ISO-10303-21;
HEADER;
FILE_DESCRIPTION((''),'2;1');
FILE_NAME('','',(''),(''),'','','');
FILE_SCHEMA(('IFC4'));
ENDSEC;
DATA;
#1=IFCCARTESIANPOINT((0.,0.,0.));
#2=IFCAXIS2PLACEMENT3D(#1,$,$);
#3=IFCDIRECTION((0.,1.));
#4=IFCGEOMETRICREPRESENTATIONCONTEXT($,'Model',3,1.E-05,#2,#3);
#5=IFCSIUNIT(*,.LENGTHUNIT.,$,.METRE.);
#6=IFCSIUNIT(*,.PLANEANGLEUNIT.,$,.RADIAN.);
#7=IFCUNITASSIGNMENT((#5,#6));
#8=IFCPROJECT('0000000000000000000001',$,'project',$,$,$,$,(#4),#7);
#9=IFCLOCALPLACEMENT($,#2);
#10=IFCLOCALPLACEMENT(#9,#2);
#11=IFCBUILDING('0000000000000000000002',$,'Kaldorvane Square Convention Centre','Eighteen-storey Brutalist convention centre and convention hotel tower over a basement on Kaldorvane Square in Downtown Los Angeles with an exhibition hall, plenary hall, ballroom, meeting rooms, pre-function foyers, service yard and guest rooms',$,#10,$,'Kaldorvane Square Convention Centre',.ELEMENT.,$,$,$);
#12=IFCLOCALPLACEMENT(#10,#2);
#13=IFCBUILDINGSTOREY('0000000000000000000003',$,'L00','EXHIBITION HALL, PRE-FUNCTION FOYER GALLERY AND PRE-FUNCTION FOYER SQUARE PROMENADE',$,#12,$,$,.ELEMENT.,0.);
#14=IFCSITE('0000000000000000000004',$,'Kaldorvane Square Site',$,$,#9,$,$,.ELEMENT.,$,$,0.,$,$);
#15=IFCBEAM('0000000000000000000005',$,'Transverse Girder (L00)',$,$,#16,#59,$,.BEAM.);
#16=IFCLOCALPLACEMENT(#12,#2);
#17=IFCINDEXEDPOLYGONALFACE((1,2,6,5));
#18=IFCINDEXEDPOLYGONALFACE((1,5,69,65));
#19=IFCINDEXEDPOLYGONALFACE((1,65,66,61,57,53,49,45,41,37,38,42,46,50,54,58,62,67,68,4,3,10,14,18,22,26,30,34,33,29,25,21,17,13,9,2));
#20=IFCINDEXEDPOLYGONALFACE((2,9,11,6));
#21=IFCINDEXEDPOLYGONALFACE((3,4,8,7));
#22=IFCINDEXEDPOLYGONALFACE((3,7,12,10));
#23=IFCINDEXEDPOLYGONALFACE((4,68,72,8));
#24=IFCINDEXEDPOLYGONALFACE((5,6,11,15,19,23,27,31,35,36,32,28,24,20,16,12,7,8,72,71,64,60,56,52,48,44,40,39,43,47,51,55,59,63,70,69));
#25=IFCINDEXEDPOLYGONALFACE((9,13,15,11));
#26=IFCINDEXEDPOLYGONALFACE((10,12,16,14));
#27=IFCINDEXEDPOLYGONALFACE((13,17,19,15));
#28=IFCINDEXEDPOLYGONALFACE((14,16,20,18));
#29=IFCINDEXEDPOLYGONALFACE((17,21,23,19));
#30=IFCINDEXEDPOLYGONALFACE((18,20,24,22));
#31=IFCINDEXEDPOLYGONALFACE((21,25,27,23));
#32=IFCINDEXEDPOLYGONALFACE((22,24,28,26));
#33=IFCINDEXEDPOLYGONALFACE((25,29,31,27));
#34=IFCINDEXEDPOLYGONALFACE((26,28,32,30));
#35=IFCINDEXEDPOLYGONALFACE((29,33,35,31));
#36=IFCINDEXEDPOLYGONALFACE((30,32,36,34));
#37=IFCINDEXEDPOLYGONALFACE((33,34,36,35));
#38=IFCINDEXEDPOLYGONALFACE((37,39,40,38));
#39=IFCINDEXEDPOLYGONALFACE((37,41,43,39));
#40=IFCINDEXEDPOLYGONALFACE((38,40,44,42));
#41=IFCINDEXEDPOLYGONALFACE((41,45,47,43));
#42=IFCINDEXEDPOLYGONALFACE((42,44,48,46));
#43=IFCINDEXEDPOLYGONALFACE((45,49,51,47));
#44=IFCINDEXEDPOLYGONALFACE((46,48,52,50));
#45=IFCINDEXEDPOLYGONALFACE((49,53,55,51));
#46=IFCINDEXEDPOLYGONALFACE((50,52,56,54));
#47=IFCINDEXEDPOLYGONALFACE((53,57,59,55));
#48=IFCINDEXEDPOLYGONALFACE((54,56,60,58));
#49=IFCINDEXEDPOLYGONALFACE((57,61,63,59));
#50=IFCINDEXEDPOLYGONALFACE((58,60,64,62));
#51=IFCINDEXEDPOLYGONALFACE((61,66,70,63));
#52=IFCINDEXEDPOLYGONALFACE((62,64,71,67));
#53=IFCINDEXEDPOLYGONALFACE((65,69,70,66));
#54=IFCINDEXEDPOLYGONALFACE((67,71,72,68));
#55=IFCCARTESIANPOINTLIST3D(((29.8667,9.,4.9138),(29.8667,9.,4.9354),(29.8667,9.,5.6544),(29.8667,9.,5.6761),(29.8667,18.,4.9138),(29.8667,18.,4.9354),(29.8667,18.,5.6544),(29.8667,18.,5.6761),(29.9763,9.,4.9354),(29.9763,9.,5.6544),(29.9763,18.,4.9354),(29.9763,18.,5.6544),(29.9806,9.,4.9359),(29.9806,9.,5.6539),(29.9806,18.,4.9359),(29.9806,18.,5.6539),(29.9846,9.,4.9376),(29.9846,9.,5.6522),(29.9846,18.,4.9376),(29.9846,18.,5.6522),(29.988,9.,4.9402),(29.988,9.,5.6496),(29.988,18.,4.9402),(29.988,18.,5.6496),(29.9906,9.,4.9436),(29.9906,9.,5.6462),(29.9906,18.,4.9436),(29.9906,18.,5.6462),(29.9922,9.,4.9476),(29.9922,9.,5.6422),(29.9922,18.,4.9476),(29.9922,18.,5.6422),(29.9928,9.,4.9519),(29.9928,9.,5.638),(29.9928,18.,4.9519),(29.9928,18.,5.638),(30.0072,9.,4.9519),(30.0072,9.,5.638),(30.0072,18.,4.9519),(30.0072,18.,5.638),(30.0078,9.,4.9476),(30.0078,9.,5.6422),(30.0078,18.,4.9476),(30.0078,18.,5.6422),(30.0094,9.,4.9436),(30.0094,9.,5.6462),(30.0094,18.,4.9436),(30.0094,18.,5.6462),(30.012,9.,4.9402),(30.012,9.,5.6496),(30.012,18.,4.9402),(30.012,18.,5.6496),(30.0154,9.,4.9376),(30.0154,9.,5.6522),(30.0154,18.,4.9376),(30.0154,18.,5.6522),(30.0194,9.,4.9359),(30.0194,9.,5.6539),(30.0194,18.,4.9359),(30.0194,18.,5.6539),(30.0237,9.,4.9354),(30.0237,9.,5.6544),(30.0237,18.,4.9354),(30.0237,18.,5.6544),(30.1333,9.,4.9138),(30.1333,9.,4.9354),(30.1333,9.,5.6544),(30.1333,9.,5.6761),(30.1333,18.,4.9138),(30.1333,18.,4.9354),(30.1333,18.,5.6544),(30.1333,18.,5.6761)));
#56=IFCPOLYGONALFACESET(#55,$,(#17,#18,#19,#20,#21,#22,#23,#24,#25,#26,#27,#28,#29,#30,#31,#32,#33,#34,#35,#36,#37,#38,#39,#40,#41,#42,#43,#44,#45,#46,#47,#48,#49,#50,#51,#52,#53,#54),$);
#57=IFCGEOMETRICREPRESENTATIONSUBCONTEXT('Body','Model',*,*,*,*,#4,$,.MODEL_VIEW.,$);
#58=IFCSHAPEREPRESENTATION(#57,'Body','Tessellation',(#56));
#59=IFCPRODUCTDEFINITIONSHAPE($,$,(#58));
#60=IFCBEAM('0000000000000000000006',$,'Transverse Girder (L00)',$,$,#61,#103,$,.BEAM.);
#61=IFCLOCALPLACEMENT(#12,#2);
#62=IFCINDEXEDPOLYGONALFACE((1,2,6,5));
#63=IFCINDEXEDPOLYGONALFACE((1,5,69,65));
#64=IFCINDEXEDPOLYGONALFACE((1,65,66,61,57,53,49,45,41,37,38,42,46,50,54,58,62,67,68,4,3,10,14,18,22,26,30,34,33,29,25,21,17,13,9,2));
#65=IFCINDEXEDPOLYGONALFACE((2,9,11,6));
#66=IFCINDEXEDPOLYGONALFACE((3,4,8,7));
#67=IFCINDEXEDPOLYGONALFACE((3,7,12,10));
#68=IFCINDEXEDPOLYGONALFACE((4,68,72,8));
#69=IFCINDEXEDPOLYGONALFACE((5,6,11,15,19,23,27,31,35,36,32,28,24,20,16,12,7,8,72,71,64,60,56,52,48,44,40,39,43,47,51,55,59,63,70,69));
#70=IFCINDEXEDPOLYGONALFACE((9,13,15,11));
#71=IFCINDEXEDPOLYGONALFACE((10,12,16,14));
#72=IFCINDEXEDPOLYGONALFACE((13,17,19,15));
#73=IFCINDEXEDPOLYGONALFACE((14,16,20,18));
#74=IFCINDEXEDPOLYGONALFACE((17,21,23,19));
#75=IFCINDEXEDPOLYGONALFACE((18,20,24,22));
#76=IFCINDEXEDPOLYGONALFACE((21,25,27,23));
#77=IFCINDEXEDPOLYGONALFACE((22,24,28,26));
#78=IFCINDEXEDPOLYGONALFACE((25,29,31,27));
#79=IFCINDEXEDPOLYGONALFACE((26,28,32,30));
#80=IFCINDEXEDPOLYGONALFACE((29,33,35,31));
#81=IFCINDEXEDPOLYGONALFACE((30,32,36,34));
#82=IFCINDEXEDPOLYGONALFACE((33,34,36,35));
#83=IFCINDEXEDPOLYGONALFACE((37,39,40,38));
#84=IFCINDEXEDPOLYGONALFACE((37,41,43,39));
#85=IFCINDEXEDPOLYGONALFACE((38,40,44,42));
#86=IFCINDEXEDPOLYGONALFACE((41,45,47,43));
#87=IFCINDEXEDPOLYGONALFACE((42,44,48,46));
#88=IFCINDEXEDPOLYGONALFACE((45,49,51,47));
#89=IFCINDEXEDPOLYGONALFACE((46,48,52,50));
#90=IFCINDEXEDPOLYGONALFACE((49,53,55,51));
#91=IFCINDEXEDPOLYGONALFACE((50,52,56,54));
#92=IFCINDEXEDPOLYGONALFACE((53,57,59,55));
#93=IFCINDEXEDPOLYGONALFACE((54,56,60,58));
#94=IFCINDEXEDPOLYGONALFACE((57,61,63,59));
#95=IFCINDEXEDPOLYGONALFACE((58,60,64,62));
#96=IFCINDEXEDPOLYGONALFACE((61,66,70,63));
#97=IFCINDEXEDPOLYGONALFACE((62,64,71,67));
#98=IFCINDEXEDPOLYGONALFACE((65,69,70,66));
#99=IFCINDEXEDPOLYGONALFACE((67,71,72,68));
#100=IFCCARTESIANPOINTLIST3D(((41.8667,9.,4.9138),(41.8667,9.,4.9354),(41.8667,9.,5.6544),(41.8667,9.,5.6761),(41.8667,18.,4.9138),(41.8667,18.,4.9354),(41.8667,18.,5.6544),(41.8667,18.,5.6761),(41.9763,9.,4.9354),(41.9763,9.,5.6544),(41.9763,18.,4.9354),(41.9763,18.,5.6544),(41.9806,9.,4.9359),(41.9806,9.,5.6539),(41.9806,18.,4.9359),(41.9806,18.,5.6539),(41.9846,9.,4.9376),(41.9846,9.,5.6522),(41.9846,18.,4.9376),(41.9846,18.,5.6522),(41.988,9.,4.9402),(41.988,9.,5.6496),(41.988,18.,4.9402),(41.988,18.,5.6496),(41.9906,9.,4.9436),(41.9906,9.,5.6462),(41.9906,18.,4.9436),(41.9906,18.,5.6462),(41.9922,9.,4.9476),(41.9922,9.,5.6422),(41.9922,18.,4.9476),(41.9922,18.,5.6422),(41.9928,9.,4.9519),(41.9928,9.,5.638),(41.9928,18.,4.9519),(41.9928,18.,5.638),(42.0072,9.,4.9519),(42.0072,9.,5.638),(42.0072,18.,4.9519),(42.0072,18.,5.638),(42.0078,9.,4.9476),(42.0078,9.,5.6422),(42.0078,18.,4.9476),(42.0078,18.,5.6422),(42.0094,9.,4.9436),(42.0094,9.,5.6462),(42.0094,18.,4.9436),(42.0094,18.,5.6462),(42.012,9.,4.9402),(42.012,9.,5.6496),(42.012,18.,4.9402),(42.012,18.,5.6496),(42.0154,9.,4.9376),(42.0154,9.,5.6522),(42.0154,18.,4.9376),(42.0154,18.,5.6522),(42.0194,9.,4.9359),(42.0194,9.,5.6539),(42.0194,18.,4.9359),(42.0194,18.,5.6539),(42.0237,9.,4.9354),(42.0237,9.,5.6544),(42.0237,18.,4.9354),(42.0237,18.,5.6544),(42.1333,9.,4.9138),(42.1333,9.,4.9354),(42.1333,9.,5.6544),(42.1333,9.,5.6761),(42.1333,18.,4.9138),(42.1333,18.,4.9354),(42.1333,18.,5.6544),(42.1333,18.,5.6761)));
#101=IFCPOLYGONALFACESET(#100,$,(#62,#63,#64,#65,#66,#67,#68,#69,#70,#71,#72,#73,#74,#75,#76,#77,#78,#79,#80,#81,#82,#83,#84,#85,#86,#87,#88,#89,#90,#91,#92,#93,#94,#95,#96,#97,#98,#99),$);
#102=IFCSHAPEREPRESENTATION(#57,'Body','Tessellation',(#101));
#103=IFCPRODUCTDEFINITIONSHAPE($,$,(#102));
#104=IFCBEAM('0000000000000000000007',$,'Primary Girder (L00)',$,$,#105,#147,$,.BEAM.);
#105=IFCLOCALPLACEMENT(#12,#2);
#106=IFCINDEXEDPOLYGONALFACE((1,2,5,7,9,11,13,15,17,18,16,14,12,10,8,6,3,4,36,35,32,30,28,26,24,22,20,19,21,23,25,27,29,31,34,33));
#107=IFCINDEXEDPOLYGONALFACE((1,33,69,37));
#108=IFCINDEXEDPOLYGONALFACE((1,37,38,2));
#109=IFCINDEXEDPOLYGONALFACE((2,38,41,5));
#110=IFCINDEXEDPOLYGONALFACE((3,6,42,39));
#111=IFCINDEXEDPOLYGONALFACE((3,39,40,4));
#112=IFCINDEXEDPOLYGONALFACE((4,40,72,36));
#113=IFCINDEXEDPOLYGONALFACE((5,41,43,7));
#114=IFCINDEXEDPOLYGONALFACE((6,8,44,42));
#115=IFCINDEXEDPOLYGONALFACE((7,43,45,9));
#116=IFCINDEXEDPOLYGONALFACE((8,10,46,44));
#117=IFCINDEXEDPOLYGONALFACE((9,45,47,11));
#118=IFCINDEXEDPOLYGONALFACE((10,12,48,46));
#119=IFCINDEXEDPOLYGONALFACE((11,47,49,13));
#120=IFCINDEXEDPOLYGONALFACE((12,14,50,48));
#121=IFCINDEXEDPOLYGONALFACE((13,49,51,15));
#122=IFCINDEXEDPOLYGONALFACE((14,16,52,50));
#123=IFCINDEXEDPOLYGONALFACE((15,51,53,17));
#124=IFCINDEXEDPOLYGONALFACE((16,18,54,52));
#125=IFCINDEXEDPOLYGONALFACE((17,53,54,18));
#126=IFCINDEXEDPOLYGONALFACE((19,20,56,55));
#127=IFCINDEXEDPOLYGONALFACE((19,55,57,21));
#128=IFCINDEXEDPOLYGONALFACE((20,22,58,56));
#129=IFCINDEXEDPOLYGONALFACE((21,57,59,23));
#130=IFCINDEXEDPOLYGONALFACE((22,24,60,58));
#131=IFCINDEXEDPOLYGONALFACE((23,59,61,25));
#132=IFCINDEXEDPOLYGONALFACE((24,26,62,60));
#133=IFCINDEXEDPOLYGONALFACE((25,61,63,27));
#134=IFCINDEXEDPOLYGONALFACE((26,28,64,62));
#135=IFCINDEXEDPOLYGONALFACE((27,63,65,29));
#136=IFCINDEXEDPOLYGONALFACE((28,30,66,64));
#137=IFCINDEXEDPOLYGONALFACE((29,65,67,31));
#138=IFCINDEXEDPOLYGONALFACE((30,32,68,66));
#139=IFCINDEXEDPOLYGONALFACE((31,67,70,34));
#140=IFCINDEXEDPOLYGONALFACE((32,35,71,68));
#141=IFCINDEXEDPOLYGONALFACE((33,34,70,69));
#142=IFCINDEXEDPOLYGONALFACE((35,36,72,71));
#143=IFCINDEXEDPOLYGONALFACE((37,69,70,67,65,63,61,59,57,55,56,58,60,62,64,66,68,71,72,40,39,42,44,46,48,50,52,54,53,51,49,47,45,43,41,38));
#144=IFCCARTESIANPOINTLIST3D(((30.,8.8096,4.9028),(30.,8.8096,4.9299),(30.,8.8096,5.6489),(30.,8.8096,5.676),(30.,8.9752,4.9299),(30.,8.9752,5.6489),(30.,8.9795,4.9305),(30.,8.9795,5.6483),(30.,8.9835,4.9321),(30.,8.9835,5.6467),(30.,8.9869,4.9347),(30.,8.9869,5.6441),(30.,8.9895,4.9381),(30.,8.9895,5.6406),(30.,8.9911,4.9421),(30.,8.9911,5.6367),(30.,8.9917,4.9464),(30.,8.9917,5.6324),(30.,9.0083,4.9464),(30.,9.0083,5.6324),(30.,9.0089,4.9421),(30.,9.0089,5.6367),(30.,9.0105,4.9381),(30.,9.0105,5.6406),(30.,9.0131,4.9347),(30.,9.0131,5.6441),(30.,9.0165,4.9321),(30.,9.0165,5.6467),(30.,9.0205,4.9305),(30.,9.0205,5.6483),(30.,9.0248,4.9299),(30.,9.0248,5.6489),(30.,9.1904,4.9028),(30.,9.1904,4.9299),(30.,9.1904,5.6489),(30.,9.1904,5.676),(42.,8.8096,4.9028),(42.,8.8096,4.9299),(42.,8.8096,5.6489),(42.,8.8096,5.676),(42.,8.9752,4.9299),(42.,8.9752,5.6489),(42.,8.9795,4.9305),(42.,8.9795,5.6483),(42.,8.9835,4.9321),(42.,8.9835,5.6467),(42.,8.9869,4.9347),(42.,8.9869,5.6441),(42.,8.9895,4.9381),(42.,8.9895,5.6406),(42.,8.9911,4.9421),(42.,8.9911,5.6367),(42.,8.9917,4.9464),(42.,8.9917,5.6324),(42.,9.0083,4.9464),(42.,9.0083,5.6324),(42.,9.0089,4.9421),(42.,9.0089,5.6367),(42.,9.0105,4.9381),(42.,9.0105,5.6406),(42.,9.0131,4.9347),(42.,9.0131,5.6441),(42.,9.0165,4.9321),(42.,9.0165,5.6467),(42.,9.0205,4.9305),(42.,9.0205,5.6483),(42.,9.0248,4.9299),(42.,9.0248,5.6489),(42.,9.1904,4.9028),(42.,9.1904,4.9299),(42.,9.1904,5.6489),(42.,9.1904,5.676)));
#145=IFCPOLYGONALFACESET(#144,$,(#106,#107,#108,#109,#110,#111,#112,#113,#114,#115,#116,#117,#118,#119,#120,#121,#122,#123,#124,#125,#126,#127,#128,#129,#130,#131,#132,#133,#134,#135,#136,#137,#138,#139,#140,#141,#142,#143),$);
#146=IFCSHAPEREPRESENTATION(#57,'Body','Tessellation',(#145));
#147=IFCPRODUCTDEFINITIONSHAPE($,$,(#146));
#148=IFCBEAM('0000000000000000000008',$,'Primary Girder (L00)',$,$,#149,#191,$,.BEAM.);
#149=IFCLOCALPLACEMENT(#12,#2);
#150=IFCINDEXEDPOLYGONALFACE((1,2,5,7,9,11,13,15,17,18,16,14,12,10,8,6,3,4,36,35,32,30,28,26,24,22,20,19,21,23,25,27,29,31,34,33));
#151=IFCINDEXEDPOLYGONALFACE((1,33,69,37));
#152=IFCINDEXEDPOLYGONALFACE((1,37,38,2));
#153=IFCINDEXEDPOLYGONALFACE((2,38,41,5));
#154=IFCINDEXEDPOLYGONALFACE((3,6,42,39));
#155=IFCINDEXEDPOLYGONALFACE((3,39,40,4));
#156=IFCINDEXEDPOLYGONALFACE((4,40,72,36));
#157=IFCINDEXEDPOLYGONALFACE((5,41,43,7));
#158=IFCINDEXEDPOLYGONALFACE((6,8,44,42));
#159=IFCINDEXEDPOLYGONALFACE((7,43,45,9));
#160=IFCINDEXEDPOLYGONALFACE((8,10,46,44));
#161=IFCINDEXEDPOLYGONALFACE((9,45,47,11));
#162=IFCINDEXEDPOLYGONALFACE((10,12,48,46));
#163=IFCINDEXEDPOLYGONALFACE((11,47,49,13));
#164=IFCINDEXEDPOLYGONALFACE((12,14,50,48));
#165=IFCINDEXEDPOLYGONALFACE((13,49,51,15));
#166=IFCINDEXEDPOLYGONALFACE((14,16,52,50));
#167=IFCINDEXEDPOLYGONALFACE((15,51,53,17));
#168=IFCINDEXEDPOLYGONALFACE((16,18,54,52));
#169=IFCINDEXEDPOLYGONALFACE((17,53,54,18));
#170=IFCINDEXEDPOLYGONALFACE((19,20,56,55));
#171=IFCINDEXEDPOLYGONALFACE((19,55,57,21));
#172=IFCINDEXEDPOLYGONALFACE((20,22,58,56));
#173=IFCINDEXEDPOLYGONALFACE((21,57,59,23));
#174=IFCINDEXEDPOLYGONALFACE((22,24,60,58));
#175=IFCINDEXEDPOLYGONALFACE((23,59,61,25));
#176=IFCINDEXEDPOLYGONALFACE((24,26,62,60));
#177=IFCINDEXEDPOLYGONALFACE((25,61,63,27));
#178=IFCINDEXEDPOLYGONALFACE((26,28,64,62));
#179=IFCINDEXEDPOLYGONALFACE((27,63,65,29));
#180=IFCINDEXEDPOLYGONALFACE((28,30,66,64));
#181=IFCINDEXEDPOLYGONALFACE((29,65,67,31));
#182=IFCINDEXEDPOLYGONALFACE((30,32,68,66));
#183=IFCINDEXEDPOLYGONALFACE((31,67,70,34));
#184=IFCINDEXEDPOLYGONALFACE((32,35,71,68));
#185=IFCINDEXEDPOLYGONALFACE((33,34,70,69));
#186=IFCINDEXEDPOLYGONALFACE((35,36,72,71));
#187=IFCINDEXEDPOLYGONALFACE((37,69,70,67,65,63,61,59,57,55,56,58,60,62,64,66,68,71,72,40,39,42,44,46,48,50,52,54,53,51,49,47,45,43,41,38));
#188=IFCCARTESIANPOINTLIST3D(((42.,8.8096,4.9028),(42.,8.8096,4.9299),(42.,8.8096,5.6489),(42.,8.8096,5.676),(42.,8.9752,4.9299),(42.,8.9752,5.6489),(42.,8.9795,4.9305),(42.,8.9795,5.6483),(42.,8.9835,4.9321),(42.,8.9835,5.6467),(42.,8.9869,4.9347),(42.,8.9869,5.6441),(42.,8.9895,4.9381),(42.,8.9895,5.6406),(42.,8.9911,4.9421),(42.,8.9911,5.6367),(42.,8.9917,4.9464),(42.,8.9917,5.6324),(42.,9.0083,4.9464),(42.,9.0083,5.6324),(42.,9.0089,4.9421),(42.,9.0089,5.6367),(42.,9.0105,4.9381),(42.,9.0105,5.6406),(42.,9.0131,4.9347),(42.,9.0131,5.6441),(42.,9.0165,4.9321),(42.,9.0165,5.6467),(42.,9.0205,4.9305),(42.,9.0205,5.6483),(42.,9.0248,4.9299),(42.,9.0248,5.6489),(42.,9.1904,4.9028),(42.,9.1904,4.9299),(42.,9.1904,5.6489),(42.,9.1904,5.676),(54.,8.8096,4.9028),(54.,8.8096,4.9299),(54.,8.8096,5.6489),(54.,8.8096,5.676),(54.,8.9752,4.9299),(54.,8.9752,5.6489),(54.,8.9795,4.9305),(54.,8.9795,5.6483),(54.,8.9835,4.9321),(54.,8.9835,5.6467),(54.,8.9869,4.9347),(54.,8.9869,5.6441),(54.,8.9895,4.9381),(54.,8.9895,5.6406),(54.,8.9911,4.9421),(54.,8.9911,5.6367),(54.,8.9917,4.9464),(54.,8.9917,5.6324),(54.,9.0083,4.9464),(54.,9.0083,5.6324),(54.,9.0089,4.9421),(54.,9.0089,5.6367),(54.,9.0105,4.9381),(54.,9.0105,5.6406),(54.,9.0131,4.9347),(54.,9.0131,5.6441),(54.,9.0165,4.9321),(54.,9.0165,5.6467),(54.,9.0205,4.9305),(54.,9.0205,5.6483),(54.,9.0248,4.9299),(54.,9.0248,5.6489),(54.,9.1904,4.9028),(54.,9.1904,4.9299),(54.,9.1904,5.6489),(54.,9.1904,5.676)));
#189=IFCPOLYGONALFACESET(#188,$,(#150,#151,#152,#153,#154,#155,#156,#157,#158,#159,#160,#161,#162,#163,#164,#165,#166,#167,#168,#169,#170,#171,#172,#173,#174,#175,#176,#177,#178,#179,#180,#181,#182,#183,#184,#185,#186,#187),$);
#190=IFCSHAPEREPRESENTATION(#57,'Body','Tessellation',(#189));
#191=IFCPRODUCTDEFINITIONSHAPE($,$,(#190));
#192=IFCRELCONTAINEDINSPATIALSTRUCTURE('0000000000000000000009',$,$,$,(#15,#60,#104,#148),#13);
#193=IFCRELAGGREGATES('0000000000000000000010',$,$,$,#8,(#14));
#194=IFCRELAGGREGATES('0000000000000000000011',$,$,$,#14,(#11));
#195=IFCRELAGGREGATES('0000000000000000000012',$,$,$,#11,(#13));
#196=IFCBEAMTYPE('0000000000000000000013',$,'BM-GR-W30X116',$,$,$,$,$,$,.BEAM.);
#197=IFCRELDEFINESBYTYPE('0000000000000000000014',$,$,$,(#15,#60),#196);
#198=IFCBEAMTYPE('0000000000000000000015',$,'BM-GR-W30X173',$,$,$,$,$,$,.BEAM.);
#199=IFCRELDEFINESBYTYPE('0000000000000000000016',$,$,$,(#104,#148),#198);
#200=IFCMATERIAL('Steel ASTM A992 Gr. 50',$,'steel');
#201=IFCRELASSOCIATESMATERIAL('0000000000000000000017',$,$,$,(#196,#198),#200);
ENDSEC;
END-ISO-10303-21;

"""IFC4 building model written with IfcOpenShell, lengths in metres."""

from ifc_helpers import new_model, si_unit, direction, frame, origin, origin_2d, place, context, subcontext, project, spatial, i_section, extrude, material, material_profile, profile_set, type_object, element, save


model = new_model("IFC4")

# Units and contexts
model_context = context("Model", 3, precision=1e-05, world=origin(), true_north=direction((0.0, 1.0)))
body_context = subcontext(model_context, "Body", "Model", "MODEL_VIEW")
ifc_project = project(units=[si_unit("LENGTHUNIT", "METRE"), si_unit("PLANEANGLEUNIT", "RADIAN")], contexts=[model_context])

# Site, building, storey
site_placement = place(None, origin())
site = spatial("IfcSite", under=ifc_project, at=site_placement, Name="Kaldorvane Square Site", CompositionType="ELEMENT", RefElevation=0.0)
building_placement = place(site_placement, origin())
building = spatial("IfcBuilding", under=site, at=building_placement, Name="Kaldorvane Square Convention Centre", Description="Eighteen-storey Brutalist convention centre and convention hotel tower over a basement on Kaldorvane Square in Downtown Los Angeles with an exhibition hall, plenary hall, ballroom, meeting rooms, pre-function foyers, service yard and guest rooms", LongName="Kaldorvane Square Convention Centre", CompositionType="ELEMENT")
storey_placement = place(building_placement, origin())
storey = spatial("IfcBuildingStorey", under=building, at=storey_placement, Name="L00", Description="EXHIBITION HALL, PRE-FUNCTION FOYER GALLERY AND PRE-FUNCTION FOYER SQUARE PROMENADE", CompositionType="ELEMENT", Elevation=0.0)

# Shared definitions
ifc_material_1 = material(Name="Steel ASTM A992 Gr. 50", Category="steel")

# Beams
ifc_material_profile_1 = material_profile(ifc_material_1, i_section(OverallWidth=0.2666, OverallDepth=0.7623, WebThickness=0.0144, FlangeThickness=0.0216, FilletRadius=0.0165, at=origin_2d()), Name="W30X116")
ifc_profile_set_1 = profile_set([ifc_material_profile_1], Name="Steel ASTM A992 Gr. 50")
beam_type_1 = type_object("IfcBeamType", Name="BM-GR-W30X116", PredefinedType="BEAM", material=ifc_profile_set_1)
for number, where, z_axis, x_axis, name in (
    (1, (30.0, 9.0, 5.2949), (0.0, 1.0, 0.0), (-1.0, 0.0, 0.0), "Transverse Girder (L00)"),
    (2, (42.0, 9.0, 5.2949), (0.0, 1.0, 0.0), (-1.0, 0.0, 0.0), "Transverse Girder (L00)"),
):
    element("IfcBeam", number, at=place(storey_placement, frame(where, z_axis=z_axis, x_axis=x_axis)), inside=storey, type_object=beam_type_1, Name=name, PredefinedType="BEAM", context=body_context, shape_type="SweptSolid", body=[
        extrude(i_section(OverallWidth=0.2666, OverallDepth=0.7623, WebThickness=0.0144, FlangeThickness=0.0216, FilletRadius=0.0165, at=origin_2d()), origin(), (0.0, 0.0, 1.0), 9.0),
    ])
ifc_material_profile_2 = material_profile(ifc_material_1, i_section(OverallWidth=0.3807, OverallDepth=0.7732, WebThickness=0.0166, FlangeThickness=0.0271, FilletRadius=0.0165, at=origin_2d()), Name="W30X173")
ifc_profile_set_2 = profile_set([ifc_material_profile_2], Name="Steel ASTM A992 Gr. 50")
beam_type_2 = type_object("IfcBeamType", Name="BM-GR-W30X173", PredefinedType="BEAM", material=ifc_profile_set_2)
for number, where, z_axis, x_axis, name in (
    (3, (30.0, 9.0, 5.2894), (1.0, 0.0, 0.0), (0.0, 1.0, 0.0), "Primary Girder (L00)"),
    (4, (42.0, 9.0, 5.2894), (1.0, 0.0, 0.0), (0.0, 1.0, 0.0), "Primary Girder (L00)"),
):
    element("IfcBeam", number, at=place(storey_placement, frame(where, z_axis=z_axis, x_axis=x_axis)), inside=storey, type_object=beam_type_2, Name=name, PredefinedType="BEAM", context=body_context, shape_type="SweptSolid", body=[
        extrude(i_section(OverallWidth=0.3807, OverallDepth=0.7732, WebThickness=0.0166, FlangeThickness=0.0271, FilletRadius=0.0165, at=origin_2d()), origin(), (0.0, 0.0, 1.0), 12.0),
    ])

save(model, "model.ifc")
